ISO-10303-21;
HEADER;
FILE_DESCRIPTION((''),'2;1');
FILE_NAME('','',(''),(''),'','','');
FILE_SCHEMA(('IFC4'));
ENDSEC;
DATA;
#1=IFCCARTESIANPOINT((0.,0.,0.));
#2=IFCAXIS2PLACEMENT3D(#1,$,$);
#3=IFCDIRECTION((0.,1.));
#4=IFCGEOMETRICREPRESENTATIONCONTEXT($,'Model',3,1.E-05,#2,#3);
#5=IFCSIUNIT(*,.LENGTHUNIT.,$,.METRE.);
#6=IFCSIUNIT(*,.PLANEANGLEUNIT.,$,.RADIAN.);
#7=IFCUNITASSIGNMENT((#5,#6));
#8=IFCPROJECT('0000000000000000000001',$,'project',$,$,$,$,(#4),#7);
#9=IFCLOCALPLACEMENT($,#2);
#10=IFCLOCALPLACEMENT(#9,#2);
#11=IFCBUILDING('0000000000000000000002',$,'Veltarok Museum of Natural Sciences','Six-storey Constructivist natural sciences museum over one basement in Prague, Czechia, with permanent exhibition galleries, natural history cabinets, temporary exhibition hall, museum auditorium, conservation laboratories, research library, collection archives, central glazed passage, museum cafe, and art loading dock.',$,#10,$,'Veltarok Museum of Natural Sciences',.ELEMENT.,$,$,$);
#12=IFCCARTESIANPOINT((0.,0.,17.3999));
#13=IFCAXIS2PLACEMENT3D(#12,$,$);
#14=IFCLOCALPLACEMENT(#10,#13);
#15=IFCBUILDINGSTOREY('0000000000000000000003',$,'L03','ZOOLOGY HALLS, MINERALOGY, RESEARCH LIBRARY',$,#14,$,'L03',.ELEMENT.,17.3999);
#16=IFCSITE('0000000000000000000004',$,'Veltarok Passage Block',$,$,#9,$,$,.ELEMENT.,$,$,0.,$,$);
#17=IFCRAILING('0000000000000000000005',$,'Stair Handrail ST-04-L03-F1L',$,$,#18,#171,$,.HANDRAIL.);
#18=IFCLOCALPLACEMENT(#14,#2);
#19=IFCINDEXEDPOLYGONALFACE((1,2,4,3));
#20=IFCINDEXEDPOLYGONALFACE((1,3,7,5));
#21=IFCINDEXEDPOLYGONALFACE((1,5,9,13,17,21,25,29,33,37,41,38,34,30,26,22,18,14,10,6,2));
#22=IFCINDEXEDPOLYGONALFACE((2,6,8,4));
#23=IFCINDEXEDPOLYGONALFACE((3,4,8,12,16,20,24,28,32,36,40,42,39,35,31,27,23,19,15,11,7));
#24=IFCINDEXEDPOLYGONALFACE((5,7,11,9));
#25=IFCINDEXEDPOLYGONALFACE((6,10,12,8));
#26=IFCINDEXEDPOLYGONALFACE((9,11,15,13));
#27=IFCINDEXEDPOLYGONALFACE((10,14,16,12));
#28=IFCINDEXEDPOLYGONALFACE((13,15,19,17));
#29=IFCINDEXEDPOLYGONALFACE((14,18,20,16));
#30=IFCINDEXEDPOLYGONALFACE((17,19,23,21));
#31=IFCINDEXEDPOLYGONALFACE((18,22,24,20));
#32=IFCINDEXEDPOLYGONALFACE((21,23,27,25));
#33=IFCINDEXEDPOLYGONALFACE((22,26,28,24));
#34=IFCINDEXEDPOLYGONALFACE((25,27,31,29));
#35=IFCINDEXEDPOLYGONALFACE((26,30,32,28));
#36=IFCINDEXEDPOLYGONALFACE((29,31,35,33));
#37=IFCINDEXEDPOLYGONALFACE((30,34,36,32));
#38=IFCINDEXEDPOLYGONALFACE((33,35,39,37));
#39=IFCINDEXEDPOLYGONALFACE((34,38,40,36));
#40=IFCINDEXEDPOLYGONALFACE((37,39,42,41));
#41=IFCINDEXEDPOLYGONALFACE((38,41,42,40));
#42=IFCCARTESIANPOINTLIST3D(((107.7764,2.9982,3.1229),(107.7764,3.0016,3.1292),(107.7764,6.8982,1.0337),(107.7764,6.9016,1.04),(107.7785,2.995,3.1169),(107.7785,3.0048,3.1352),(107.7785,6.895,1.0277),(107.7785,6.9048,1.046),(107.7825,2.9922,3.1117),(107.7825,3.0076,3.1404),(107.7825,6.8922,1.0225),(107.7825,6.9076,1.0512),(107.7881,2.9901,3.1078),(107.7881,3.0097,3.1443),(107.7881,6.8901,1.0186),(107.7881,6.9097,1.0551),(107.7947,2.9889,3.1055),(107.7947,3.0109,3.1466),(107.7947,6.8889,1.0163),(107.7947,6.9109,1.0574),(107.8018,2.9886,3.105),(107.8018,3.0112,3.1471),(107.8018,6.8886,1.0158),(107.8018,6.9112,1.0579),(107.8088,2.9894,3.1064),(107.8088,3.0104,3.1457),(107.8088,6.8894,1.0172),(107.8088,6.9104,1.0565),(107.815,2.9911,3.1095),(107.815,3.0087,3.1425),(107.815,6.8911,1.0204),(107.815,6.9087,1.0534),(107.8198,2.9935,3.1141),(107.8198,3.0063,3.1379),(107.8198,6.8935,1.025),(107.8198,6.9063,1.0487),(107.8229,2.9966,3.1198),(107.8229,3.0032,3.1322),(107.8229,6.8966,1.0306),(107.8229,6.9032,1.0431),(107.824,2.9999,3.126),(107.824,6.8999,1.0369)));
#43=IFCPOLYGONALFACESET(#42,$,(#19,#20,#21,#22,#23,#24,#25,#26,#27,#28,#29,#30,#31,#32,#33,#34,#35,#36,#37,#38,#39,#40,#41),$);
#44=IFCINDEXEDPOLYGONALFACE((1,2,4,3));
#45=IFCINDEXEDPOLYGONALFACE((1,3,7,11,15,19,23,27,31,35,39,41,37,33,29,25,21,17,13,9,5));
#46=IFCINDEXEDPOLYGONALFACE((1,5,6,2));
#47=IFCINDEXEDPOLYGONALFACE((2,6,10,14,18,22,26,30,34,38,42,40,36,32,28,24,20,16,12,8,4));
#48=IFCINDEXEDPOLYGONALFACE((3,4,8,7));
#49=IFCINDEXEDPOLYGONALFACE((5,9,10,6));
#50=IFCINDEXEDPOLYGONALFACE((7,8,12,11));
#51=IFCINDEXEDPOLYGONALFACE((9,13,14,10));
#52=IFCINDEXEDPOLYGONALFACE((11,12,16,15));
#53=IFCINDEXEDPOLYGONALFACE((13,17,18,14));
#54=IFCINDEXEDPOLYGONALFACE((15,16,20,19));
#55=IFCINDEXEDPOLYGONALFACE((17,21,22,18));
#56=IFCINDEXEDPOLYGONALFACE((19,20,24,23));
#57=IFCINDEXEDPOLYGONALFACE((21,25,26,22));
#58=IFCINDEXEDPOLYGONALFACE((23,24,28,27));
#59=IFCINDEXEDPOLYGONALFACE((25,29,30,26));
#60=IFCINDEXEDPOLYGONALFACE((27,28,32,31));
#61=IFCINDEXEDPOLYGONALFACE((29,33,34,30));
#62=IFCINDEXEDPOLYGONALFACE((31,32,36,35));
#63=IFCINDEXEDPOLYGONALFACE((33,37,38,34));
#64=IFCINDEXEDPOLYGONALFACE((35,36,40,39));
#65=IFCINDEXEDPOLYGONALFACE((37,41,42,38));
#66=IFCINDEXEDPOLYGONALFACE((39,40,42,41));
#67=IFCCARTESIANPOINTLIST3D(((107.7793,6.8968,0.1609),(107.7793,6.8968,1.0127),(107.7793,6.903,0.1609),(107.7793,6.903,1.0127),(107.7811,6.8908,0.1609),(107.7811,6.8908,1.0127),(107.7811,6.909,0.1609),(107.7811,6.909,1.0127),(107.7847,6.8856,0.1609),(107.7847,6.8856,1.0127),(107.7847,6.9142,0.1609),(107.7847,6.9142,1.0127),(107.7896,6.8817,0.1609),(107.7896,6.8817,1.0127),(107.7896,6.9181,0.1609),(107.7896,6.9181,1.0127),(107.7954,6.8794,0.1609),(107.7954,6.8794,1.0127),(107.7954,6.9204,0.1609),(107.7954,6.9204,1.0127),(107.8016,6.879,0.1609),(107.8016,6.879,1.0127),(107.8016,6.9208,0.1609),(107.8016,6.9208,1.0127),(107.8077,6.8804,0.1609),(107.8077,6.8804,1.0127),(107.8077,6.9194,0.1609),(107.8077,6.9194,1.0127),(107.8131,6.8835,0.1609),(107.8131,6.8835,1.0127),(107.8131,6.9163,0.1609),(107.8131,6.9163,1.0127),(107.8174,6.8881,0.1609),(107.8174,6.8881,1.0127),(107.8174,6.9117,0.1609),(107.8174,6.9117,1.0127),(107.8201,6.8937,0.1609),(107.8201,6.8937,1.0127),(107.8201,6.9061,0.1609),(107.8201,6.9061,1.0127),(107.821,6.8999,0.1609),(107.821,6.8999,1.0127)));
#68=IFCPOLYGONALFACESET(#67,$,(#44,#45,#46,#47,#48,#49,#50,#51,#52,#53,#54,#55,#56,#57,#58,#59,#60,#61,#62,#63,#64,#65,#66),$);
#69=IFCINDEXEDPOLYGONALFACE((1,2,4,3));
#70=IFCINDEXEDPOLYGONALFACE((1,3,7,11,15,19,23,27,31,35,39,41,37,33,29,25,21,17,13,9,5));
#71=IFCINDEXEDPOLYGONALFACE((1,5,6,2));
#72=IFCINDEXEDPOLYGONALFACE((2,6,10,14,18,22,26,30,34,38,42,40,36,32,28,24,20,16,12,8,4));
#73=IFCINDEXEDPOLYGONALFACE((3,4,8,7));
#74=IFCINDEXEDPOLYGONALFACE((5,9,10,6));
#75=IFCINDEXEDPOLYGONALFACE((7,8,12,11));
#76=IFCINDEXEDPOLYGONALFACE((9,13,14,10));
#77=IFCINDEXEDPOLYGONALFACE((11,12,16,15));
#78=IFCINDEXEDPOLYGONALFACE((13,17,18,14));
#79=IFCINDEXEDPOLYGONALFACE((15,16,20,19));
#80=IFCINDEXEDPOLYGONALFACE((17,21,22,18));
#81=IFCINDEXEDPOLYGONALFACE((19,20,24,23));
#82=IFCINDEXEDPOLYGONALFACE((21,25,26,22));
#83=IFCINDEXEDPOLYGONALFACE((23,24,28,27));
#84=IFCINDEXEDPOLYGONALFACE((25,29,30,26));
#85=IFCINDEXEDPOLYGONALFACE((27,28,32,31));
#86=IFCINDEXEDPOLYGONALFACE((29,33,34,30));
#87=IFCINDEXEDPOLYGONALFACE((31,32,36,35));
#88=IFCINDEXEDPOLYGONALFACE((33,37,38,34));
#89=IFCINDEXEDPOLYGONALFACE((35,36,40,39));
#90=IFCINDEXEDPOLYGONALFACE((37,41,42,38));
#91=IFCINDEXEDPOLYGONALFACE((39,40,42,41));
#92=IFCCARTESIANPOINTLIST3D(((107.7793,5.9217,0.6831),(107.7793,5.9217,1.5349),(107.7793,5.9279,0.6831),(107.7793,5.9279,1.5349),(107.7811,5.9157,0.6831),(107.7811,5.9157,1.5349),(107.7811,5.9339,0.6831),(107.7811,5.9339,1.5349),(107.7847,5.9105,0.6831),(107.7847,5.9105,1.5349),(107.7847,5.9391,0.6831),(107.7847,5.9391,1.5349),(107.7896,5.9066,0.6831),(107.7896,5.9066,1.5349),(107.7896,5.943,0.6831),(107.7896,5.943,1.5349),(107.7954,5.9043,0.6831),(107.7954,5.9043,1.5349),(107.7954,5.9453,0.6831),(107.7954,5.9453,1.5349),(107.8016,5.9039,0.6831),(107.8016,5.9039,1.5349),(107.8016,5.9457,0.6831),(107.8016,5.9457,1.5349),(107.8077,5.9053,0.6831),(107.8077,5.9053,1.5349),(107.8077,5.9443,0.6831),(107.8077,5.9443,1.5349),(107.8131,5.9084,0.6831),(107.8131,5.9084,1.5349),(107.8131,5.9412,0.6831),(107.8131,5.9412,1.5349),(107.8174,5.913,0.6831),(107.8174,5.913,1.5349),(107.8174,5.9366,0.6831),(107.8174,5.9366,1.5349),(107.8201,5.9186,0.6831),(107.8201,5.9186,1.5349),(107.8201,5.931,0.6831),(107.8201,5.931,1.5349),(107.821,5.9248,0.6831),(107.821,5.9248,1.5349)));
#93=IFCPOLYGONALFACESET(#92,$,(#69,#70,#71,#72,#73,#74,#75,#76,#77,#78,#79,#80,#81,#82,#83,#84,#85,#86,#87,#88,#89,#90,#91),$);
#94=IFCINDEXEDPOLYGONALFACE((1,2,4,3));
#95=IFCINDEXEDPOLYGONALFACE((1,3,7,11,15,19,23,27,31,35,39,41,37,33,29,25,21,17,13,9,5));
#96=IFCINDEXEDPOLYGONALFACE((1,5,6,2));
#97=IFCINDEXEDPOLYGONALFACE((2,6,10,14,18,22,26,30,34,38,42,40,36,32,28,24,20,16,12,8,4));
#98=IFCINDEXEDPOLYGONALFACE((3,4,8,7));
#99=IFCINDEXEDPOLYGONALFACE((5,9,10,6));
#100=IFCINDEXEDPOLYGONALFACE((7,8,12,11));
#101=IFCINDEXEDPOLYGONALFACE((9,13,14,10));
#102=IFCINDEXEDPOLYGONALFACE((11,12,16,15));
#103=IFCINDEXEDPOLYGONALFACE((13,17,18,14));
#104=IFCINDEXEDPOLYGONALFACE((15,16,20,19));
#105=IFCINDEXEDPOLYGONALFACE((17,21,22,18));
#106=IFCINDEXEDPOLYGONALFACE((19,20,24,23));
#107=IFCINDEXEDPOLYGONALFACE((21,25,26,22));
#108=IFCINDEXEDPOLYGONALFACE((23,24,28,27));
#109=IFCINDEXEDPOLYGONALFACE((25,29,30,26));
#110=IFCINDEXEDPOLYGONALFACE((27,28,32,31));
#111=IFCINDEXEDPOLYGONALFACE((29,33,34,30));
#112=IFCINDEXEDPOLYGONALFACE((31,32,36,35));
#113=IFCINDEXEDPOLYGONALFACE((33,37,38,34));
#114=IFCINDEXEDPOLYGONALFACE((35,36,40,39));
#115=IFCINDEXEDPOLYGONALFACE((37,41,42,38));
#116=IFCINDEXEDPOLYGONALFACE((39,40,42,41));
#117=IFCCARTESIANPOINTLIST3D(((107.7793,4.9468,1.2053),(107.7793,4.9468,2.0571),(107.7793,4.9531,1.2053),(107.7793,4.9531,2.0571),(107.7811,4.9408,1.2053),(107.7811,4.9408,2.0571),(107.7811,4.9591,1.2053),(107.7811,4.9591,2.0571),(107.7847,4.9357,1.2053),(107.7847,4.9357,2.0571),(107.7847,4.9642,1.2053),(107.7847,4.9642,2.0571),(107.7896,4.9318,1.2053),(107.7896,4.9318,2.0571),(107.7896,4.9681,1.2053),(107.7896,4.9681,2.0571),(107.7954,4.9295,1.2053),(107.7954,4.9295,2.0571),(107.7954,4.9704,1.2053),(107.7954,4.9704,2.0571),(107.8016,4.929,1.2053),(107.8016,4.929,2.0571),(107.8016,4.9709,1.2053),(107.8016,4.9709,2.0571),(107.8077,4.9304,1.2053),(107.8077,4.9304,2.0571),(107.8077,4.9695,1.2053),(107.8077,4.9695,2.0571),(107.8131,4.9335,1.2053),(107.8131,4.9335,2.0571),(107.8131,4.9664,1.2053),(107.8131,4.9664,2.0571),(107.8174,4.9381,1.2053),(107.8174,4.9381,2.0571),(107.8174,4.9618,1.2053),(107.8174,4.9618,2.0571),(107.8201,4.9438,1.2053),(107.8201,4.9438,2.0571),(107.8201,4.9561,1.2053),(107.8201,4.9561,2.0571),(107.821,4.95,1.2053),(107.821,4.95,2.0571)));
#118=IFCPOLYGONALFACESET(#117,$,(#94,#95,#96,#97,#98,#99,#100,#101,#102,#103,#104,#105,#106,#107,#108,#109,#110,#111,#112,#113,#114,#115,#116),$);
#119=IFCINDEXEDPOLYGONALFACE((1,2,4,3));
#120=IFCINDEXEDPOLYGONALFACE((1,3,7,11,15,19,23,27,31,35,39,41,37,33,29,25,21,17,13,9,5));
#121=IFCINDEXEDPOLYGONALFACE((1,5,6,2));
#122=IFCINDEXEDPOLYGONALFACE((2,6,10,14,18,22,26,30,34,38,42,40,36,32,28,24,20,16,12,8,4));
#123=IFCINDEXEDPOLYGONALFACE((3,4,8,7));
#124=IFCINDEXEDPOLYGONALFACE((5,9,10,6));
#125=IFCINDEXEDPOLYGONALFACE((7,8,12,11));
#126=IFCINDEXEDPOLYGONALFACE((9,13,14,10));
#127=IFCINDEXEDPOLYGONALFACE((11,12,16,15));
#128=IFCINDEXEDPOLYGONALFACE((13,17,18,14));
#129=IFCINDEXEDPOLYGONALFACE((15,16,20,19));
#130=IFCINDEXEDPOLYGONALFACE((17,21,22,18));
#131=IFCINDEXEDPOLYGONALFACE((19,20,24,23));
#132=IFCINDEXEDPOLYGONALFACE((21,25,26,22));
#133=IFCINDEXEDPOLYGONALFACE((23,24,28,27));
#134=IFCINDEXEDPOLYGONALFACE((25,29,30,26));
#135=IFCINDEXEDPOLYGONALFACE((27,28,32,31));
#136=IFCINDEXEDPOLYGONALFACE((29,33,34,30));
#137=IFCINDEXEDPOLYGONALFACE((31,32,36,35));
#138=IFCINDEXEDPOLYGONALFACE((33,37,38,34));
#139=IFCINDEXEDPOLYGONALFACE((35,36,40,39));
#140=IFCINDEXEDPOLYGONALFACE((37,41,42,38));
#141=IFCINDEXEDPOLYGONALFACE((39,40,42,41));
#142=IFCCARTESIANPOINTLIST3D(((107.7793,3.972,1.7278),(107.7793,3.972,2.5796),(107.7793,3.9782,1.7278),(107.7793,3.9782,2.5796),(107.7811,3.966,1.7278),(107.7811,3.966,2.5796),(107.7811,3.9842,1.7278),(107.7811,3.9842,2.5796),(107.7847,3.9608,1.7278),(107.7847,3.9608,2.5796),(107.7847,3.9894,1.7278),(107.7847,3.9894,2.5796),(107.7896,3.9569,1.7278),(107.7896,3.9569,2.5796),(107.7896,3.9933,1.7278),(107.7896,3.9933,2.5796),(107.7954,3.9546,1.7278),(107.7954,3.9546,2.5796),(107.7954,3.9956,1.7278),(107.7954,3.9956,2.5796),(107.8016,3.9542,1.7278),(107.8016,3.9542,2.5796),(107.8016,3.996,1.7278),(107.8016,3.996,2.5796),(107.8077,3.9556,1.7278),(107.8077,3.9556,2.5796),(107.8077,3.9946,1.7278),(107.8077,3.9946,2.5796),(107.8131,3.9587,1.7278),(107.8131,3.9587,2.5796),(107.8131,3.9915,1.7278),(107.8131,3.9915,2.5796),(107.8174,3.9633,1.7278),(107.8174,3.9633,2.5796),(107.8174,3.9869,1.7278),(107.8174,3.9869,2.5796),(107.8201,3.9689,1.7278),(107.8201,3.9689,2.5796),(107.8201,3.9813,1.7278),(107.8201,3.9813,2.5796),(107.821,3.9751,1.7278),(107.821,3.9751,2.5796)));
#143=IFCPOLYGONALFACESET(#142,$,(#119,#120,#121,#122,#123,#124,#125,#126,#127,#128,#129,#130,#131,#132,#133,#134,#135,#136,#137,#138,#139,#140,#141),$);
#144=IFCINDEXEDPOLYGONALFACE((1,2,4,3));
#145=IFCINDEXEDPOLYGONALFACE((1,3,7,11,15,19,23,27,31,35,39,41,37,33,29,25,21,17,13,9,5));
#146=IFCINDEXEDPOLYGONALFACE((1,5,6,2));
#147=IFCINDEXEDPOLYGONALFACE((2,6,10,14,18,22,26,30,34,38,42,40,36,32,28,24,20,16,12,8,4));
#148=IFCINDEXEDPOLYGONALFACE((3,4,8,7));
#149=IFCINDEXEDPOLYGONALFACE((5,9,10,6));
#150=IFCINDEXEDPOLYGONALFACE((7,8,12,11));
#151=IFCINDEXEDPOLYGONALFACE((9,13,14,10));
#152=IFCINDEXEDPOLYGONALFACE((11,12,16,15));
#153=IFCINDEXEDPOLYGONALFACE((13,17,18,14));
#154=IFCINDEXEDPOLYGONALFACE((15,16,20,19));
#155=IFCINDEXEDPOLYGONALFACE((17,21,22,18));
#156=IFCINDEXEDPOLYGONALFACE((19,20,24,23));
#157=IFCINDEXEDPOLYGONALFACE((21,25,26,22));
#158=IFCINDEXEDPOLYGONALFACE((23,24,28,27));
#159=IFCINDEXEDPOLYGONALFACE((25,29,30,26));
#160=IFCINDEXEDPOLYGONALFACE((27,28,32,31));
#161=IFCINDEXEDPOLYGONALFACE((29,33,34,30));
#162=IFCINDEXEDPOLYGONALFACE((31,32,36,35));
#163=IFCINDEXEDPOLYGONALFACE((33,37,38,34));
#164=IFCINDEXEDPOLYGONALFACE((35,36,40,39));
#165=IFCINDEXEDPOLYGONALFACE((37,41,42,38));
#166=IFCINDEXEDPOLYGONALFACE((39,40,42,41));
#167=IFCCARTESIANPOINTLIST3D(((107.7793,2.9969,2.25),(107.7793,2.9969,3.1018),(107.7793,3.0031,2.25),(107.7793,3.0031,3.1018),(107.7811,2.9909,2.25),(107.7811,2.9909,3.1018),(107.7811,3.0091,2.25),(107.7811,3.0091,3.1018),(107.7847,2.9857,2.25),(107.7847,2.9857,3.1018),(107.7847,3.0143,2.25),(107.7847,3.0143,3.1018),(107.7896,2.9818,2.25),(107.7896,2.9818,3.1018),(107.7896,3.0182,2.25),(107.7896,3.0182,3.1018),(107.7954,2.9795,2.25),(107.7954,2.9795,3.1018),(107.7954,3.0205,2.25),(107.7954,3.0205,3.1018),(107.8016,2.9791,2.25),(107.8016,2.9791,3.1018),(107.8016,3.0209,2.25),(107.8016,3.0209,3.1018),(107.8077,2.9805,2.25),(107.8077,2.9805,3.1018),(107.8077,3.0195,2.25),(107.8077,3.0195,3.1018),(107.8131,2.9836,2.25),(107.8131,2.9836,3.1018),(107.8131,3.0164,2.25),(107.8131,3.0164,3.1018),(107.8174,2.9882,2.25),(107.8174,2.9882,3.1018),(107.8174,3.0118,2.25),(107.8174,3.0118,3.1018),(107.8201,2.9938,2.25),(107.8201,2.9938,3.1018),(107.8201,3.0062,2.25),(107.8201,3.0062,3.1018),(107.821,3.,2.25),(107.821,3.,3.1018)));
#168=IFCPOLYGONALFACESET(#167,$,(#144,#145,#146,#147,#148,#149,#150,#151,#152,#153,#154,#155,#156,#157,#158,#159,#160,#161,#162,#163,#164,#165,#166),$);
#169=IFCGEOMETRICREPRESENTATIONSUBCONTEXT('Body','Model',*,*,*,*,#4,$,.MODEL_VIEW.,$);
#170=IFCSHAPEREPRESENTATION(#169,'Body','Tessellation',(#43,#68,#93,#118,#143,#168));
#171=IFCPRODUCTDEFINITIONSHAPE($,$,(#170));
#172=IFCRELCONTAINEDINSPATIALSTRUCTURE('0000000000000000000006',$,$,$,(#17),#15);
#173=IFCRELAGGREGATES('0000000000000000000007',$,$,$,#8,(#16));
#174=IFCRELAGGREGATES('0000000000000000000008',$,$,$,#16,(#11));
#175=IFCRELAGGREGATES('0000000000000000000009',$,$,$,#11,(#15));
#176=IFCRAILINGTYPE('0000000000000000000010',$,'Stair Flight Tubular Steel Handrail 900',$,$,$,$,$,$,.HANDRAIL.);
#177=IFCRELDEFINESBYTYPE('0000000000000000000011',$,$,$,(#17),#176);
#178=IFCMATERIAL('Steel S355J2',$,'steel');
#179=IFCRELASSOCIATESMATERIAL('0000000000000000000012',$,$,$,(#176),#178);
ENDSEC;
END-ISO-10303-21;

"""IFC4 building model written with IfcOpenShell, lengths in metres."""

from ifc_helpers import new_model, si_unit, direction, frame, origin, origin_2d, place, context, subcontext, project, spatial, circle, extrude, material, type_object, element, save


model = new_model("IFC4")

# Units and contexts
model_context = context("Model", 3, precision=1e-05, world=origin(), true_north=direction((0.0, 1.0)))
body_context = subcontext(model_context, "Body", "Model", "MODEL_VIEW")
ifc_project = project(units=[si_unit("LENGTHUNIT", "METRE"), si_unit("PLANEANGLEUNIT", "RADIAN")], contexts=[model_context])

# Site, building, storey
site_placement = place(None, origin())
site = spatial("IfcSite", under=ifc_project, at=site_placement, Name="Veltarok Passage Block", CompositionType="ELEMENT", RefElevation=0.0)
building_placement = place(site_placement, origin())
building = spatial("IfcBuilding", under=site, at=building_placement, Name="Veltarok Museum of Natural Sciences", Description="Six-storey Constructivist natural sciences museum over one basement in Prague, Czechia, with permanent exhibition galleries, natural history cabinets, temporary exhibition hall, museum auditorium, conservation laboratories, research library, collection archives, central glazed passage, museum cafe, and art loading dock.", LongName="Veltarok Museum of Natural Sciences", CompositionType="ELEMENT")
storey_placement = place(building_placement, frame((0.0, 0.0, 17.3999)))
storey = spatial("IfcBuildingStorey", under=building, at=storey_placement, Name="L03", Description="ZOOLOGY HALLS, MINERALOGY, RESEARCH LIBRARY", LongName="L03", CompositionType="ELEMENT", Elevation=17.3999)

# Shared definitions
ifc_material_1 = material(Name="Steel S355J2", Category="steel")

# Railing
railing_type_1 = type_object("IfcRailingType", Name="Stair Flight Tubular Steel Handrail 900", PredefinedType="HANDRAIL", material=ifc_material_1)
for number, where, name in (
    (1, (107.8, 6.8999, 0.1609), "Stair Handrail ST-04-L03-F1L"),
):
    element("IfcRailing", number, at=place(storey_placement, frame(where)), inside=storey, type_object=railing_type_1, Name=name, PredefinedType="HANDRAIL", context=body_context, shape_type="SweptSolid", body=[
        extrude(circle(Radius=0.0239, at=origin_2d()), frame((0.0, 0.0, 0.876), z_axis=(0.0, -0.881491, 0.4722), x_axis=(1.0, 0.0, 0.0)), (0.0, 0.0, 1.0), 4.4243),
        extrude(circle(Radius=0.021, at=origin_2d()), origin(), (0.0, 0.0, 1.0), 0.8518),
        extrude(circle(Radius=0.021, at=origin_2d()), frame((0.0, -0.9751, 0.5222)), (0.0, 0.0, 1.0), 0.8518),
        extrude(circle(Radius=0.021, at=origin_2d()), frame((0.0, -1.95, 1.0444)), (0.0, 0.0, 1.0), 0.8518),
        extrude(circle(Radius=0.021, at=origin_2d()), frame((0.0, -2.9248, 1.5669)), (0.0, 0.0, 1.0), 0.8518),
        extrude(circle(Radius=0.021, at=origin_2d()), frame((0.0, -3.8999, 2.0891)), (0.0, 0.0, 1.0), 0.8518),
    ])

save(model, "model.ifc")
